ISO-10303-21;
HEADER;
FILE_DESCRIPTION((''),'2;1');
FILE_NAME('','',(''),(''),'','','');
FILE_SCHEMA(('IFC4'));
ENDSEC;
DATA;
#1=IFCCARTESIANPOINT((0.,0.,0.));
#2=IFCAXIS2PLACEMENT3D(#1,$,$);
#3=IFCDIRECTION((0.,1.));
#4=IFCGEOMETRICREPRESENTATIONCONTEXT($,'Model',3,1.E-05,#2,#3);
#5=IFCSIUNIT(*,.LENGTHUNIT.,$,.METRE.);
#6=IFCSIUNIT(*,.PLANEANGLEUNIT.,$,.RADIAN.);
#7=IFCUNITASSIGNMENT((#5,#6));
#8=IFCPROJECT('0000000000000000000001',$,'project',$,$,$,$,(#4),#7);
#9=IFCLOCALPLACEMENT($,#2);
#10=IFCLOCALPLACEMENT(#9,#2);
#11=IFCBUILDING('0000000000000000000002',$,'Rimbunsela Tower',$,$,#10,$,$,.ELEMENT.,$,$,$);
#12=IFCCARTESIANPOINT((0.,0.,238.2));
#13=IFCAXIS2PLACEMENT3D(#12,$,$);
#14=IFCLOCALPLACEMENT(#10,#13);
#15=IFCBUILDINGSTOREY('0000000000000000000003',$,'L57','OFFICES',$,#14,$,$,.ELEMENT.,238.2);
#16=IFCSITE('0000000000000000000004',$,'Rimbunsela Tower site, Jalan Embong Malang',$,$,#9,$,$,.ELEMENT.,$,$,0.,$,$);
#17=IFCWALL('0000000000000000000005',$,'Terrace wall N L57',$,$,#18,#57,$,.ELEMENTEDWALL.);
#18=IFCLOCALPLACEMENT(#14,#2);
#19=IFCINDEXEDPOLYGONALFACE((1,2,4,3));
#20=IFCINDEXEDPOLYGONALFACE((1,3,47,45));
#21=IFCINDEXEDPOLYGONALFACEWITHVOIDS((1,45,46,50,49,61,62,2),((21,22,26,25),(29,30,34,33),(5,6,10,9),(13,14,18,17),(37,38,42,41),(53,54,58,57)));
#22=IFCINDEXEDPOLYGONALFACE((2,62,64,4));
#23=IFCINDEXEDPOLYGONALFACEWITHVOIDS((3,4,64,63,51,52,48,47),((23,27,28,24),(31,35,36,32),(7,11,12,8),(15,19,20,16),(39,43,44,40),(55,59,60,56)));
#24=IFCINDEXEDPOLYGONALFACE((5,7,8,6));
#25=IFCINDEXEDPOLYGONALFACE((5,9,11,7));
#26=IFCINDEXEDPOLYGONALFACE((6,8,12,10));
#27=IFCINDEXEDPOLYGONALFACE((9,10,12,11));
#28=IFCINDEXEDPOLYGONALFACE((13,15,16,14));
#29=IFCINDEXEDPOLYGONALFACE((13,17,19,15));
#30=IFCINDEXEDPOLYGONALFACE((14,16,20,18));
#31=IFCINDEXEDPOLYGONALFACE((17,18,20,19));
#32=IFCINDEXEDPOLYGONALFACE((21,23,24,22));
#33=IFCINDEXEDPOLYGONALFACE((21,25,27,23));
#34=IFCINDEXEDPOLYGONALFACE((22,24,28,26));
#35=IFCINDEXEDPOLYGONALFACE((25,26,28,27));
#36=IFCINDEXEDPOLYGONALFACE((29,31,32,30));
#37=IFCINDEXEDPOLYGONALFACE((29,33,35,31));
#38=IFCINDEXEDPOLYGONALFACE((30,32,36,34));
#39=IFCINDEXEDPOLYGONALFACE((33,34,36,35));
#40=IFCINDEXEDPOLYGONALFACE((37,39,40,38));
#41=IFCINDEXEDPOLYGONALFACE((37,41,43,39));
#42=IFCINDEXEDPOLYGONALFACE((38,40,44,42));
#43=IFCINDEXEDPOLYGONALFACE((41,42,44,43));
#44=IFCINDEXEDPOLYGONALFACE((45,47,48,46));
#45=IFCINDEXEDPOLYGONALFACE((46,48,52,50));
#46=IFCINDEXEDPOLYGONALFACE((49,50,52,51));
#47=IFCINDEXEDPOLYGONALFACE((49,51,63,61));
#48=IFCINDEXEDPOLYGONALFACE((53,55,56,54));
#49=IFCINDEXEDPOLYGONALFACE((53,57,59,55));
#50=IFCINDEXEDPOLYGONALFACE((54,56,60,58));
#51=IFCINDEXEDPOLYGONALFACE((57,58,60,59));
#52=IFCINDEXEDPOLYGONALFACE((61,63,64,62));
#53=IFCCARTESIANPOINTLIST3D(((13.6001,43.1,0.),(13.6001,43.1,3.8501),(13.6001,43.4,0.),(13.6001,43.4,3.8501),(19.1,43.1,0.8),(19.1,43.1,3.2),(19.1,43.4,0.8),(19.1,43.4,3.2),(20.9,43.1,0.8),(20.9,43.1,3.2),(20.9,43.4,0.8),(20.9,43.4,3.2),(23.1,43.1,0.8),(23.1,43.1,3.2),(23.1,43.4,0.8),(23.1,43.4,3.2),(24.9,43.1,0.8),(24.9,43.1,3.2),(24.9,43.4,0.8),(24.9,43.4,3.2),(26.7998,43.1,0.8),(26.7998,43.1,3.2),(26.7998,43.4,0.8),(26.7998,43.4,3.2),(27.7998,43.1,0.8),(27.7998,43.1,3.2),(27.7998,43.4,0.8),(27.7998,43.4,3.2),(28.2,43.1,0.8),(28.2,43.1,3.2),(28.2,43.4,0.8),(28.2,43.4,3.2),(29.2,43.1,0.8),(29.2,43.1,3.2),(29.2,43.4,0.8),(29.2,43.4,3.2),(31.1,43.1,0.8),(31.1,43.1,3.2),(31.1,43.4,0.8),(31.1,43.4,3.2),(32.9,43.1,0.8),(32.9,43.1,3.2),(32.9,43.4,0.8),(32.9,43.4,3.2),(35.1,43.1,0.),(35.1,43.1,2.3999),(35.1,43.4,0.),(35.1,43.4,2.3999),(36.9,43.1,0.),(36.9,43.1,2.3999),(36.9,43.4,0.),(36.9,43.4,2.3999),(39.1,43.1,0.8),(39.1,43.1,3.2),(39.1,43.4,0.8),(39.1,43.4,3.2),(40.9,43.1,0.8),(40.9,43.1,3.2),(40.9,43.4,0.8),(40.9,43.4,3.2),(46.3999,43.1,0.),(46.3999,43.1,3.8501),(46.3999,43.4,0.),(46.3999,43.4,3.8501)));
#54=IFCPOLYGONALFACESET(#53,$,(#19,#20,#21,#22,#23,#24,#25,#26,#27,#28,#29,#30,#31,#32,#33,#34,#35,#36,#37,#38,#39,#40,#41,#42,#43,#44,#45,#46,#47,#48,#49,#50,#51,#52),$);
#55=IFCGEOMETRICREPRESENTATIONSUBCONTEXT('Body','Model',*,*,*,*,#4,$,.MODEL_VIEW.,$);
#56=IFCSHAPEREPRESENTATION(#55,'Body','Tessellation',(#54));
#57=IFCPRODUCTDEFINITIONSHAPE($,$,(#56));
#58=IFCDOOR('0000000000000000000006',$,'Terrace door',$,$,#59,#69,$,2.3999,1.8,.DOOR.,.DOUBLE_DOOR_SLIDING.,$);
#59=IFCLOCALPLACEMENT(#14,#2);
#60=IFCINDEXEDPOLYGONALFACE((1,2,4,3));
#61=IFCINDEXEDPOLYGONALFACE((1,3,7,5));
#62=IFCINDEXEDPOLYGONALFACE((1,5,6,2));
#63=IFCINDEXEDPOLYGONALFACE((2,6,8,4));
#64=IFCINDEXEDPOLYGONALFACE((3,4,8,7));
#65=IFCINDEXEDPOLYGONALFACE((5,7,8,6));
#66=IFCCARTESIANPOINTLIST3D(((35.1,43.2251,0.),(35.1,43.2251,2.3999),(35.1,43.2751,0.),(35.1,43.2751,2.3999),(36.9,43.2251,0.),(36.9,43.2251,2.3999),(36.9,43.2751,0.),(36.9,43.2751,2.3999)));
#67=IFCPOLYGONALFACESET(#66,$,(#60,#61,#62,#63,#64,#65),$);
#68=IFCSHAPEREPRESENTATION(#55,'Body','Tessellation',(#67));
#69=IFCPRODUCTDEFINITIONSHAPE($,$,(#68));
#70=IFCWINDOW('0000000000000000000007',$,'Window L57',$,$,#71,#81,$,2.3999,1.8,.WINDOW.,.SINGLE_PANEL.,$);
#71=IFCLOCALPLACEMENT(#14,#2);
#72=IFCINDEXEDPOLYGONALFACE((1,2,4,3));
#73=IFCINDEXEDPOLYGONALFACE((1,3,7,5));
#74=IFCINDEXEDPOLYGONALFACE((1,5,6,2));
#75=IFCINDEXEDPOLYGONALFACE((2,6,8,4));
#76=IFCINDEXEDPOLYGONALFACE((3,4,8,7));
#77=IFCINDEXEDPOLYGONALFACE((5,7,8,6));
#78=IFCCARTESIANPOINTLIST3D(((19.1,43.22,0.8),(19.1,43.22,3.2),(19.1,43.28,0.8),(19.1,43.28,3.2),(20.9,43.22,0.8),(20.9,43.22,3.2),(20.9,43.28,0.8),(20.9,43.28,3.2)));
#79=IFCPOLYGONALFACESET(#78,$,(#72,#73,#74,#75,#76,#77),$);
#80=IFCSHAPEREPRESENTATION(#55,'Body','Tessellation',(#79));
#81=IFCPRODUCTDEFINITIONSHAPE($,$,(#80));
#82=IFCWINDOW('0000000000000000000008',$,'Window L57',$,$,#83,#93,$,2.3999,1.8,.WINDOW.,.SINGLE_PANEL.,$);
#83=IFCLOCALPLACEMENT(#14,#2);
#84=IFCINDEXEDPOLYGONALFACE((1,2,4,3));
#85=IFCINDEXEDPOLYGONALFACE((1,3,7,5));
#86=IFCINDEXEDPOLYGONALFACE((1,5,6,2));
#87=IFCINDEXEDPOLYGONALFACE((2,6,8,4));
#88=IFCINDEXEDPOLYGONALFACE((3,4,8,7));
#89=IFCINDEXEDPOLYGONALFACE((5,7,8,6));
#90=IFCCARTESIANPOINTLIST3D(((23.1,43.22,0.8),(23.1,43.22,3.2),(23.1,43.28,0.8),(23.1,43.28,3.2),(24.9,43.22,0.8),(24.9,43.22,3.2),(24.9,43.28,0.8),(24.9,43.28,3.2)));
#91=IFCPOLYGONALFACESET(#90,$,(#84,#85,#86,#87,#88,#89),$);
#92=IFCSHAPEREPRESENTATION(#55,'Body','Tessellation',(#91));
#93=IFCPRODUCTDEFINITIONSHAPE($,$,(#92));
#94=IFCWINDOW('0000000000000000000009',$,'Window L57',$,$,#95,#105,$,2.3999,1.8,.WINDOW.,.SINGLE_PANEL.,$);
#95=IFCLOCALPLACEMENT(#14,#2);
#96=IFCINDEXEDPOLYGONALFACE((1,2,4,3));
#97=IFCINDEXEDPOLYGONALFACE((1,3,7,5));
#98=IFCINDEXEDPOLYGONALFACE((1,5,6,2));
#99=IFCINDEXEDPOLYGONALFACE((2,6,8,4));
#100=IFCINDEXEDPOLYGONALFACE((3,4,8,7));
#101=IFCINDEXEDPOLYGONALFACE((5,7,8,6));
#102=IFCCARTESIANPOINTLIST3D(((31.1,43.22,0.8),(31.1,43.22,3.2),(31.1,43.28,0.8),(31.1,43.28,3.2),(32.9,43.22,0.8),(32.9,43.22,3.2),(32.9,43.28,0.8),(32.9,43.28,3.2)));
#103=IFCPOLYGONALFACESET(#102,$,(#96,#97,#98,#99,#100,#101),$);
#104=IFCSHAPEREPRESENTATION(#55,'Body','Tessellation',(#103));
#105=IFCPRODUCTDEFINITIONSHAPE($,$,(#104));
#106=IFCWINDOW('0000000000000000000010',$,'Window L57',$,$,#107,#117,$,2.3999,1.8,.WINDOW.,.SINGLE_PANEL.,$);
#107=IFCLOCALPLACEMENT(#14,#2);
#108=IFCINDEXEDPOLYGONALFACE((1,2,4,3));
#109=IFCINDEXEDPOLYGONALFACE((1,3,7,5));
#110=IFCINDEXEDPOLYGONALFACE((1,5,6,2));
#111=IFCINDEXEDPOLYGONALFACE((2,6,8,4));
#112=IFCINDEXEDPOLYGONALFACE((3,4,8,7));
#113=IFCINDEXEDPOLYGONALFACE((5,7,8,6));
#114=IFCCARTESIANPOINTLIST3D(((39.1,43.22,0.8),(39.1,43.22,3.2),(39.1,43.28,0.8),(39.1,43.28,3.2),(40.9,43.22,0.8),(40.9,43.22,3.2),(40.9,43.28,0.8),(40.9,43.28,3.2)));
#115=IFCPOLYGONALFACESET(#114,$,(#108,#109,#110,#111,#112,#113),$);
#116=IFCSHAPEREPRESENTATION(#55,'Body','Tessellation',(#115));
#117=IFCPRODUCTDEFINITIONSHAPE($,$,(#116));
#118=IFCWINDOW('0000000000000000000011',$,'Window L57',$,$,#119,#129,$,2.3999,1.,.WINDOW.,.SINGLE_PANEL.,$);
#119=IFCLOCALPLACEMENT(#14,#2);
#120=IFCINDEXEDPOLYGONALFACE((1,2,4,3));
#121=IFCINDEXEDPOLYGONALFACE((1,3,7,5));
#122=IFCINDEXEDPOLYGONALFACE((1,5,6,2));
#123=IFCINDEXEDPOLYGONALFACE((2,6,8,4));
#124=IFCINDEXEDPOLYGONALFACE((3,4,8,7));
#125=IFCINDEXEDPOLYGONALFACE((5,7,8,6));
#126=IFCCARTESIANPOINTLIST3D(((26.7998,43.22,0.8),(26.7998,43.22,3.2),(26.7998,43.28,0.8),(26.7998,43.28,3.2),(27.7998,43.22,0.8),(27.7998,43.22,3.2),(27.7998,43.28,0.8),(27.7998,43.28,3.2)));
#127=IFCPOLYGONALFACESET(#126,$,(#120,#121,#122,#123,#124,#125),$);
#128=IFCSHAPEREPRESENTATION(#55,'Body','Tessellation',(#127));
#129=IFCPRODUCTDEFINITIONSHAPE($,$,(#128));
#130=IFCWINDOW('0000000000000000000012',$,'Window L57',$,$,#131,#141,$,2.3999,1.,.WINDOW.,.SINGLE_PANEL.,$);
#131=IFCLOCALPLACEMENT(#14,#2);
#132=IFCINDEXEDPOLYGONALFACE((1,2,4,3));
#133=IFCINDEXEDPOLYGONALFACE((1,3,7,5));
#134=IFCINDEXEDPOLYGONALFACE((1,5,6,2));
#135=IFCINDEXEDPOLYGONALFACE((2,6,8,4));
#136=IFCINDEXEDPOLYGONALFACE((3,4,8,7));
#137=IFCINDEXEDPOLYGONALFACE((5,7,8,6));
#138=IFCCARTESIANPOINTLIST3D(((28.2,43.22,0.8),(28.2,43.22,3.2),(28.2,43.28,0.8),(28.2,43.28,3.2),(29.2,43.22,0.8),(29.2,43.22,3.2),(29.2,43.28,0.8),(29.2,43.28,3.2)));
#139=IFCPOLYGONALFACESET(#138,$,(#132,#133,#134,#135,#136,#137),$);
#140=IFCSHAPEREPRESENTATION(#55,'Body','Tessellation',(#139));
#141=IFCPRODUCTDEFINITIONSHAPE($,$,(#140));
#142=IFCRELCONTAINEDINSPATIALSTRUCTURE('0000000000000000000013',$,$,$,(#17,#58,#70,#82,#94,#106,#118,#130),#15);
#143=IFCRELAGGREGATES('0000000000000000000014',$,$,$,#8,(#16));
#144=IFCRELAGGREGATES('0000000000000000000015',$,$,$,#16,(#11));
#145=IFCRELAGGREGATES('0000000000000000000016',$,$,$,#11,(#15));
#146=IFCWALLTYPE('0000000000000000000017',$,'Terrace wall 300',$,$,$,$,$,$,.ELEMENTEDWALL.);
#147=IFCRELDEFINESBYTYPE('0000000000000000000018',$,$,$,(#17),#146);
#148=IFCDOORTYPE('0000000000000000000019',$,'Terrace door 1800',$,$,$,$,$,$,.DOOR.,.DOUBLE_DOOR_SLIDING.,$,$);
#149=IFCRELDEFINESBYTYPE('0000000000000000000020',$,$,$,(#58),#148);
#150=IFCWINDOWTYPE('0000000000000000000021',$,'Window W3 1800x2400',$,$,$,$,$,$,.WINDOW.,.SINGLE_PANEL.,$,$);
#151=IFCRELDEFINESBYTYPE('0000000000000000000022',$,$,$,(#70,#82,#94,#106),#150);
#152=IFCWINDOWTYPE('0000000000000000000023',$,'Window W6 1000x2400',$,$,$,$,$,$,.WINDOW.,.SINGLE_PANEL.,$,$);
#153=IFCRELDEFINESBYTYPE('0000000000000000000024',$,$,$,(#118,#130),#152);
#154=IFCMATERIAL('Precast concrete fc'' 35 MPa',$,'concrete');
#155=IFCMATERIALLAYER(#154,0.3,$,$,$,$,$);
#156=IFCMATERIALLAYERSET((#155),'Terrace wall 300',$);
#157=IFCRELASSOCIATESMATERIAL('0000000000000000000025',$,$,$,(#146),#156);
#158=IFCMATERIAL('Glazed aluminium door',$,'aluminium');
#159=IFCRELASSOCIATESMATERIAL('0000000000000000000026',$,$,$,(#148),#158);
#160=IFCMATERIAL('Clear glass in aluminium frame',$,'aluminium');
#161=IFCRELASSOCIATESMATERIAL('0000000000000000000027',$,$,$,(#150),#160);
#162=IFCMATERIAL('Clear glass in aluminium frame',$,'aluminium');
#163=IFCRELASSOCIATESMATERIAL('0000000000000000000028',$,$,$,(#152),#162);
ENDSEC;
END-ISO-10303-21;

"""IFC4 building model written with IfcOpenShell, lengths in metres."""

from ifc_helpers import new_model, si_unit, direction, frame, frame_2d, origin, place, context, subcontext, project, spatial, rectangle, extrude, material, layer, layer_set, type_object, element, fill, save


model = new_model("IFC4")

# Units and contexts
model_context = context("Model", 3, precision=1e-05, world=origin(), true_north=direction((0.0, 1.0)))
body_context = subcontext(model_context, "Body", "Model", "MODEL_VIEW")
ifc_project = project(units=[si_unit("LENGTHUNIT", "METRE"), si_unit("PLANEANGLEUNIT", "RADIAN")], contexts=[model_context])

# Site, building, storey
site_placement = place(None, origin())
site = spatial("IfcSite", under=ifc_project, at=site_placement, Name="Rimbunsela Tower site, Jalan Embong Malang", CompositionType="ELEMENT", RefElevation=0.0)
building_placement = place(site_placement, origin())
building = spatial("IfcBuilding", under=site, at=building_placement, Name="Rimbunsela Tower", CompositionType="ELEMENT")
storey_placement = place(building_placement, frame((0.0, 0.0, 238.2)))
storey = spatial("IfcBuildingStorey", under=building, at=storey_placement, Name="L57", Description="OFFICES", CompositionType="ELEMENT", Elevation=238.2)

# Wall, openings, door, windows
ifc_material_1 = material(Name="Precast concrete fc' 35 MPa", Category="concrete")
ifc_layer_1 = layer(ifc_material_1, 0.3)
ifc_layer_set_1 = layer_set([ifc_layer_1], Name="Terrace wall 300")
wall_type = type_object("IfcWallType", Name="Terrace wall 300", PredefinedType="ELEMENTEDWALL", material=ifc_layer_set_1)
wall_placement = place(storey_placement, frame((46.3999, 43.25, 0.0), z_axis=(0.0, 0.0, 1.0), x_axis=(-1.0, 0.0, 0.0)))
wall = element("IfcWall", 1, at=wall_placement, inside=storey, type_object=wall_type, Name="Terrace wall N L57", PredefinedType="ELEMENTEDWALL", context=body_context, shape_type="SweptSolid", body=[
    extrude(rectangle(XDim=32.7998, YDim=0.3, at=frame_2d((16.3999, 0.0))), origin(), (0.0, 0.0, 1.0), 3.8501),
])
opening_1_placement = place(wall_placement, frame((25.5, 0.0, 0.8)))
opening_1 = element("IfcOpeningElement", 2, at=opening_1_placement, cuts=wall, PredefinedType="OPENING", context=body_context, shape_type="SweptSolid", body=[
    extrude(rectangle(XDim=1.8, YDim=2.3999, at=frame_2d((0.8999, 1.2))), frame((0.0, 0.1599, 0.0), z_axis=(0.0, -1.0, 0.0), x_axis=(1.0, 0.0, 0.0)), (0.0, 0.0, 1.0), 0.3201),
])
opening_2_placement = place(wall_placement, frame((21.5, 0.0, 0.8)))
opening_2 = element("IfcOpeningElement", 3, at=opening_2_placement, cuts=wall, PredefinedType="OPENING", context=body_context, shape_type="SweptSolid", body=[
    extrude(rectangle(XDim=1.8, YDim=2.3999, at=frame_2d((0.8999, 1.2))), frame((0.0, 0.1599, 0.0), z_axis=(0.0, -1.0, 0.0), x_axis=(1.0, 0.0, 0.0)), (0.0, 0.0, 1.0), 0.3201),
])
opening_3_placement = place(wall_placement, frame((18.6001, 0.0, 0.8)))
opening_3 = element("IfcOpeningElement", 4, at=opening_3_placement, cuts=wall, PredefinedType="OPENING", context=body_context, shape_type="SweptSolid", body=[
    extrude(rectangle(XDim=1.0, YDim=2.3999, at=frame_2d((0.5, 1.2))), frame((0.0, 0.1599, 0.0), z_axis=(0.0, -1.0, 0.0), x_axis=(1.0, 0.0, 0.0)), (0.0, 0.0, 1.0), 0.3201),
])
opening_4_placement = place(wall_placement, frame((17.2, 0.0, 0.8)))
opening_4 = element("IfcOpeningElement", 5, at=opening_4_placement, cuts=wall, PredefinedType="OPENING", context=body_context, shape_type="SweptSolid", body=[
    extrude(rectangle(XDim=1.0, YDim=2.3999, at=frame_2d((0.5, 1.2))), frame((0.0, 0.1599, 0.0), z_axis=(0.0, -1.0, 0.0), x_axis=(1.0, 0.0, 0.0)), (0.0, 0.0, 1.0), 0.3201),
])
opening_5_placement = place(wall_placement, frame((13.5, 0.0, 0.8)))
opening_5 = element("IfcOpeningElement", 6, at=opening_5_placement, cuts=wall, PredefinedType="OPENING", context=body_context, shape_type="SweptSolid", body=[
    extrude(rectangle(XDim=1.8, YDim=2.3999, at=frame_2d((0.8999, 1.2))), frame((0.0, 0.1599, 0.0), z_axis=(0.0, -1.0, 0.0), x_axis=(1.0, 0.0, 0.0)), (0.0, 0.0, 1.0), 0.3201),
])
opening_6_placement = place(wall_placement, frame((9.5, 0.0, 0.0)))
opening_6 = element("IfcOpeningElement", 7, at=opening_6_placement, cuts=wall, PredefinedType="OPENING", context=body_context, shape_type="SweptSolid", body=[
    extrude(rectangle(XDim=1.8, YDim=2.3999, at=frame_2d((0.8999, 1.2))), frame((0.0, 0.1599, 0.0), z_axis=(0.0, -1.0, 0.0), x_axis=(1.0, 0.0, 0.0)), (0.0, 0.0, 1.0), 0.3201),
])
opening_7_placement = place(wall_placement, frame((5.5, 0.0, 0.8)))
opening_7 = element("IfcOpeningElement", 8, at=opening_7_placement, cuts=wall, PredefinedType="OPENING", context=body_context, shape_type="SweptSolid", body=[
    extrude(rectangle(XDim=1.8, YDim=2.3999, at=frame_2d((0.8999, 1.2))), frame((0.0, 0.1599, 0.0), z_axis=(0.0, -1.0, 0.0), x_axis=(1.0, 0.0, 0.0)), (0.0, 0.0, 1.0), 0.3201),
])
ifc_material_2 = material(Name="Glazed aluminium door", Category="aluminium")
door_type = type_object("IfcDoorType", Name="Terrace door 1800", OperationType="DOUBLE_DOOR_SLIDING", PredefinedType="DOOR", material=ifc_material_2)
door_placement = place(opening_6_placement, origin())
door = element("IfcDoor", 9, at=door_placement, inside=storey, type_object=door_type, Name="Terrace door", OperationType="DOUBLE_DOOR_SLIDING", OverallHeight=2.3999, OverallWidth=1.8, PredefinedType="DOOR", context=body_context, shape_type="SweptSolid", body=[
    extrude(rectangle(XDim=1.8, YDim=2.3999, at=frame_2d((0.8999, 1.2))), frame((0.0, 0.0249, 0.0), z_axis=(0.0, -1.0, 0.0), x_axis=(1.0, 0.0, 0.0)), (0.0, 0.0, 1.0), 0.05),
])
fill(opening_6, door)
ifc_material_3 = material(Name="Clear glass in aluminium frame", Category="aluminium")
window_type_1 = type_object("IfcWindowType", Name="Window W3 1800x2400", PartitioningType="SINGLE_PANEL", PredefinedType="WINDOW", material=ifc_material_3)
window_1_placement = place(opening_1_placement, origin())
window_1 = element("IfcWindow", 10, at=window_1_placement, inside=storey, type_object=window_type_1, Name="Window L57", OverallHeight=2.3999, OverallWidth=1.8, PartitioningType="SINGLE_PANEL", PredefinedType="WINDOW", context=body_context, shape_type="SweptSolid", body=[
    extrude(rectangle(XDim=1.8, YDim=2.3999, at=frame_2d((0.8999, 1.2))), frame((0.0, 0.03, 0.0), z_axis=(0.0, -1.0, 0.0), x_axis=(1.0, 0.0, 0.0)), (0.0, 0.0, 1.0), 0.0601),
])
fill(opening_1, window_1)
window_2_placement = place(opening_2_placement, origin())
window_2 = element("IfcWindow", 11, at=window_2_placement, inside=storey, type_object=window_type_1, Name="Window L57", OverallHeight=2.3999, OverallWidth=1.8, PartitioningType="SINGLE_PANEL", PredefinedType="WINDOW", context=body_context, shape_type="SweptSolid", body=[
    extrude(rectangle(XDim=1.8, YDim=2.3999, at=frame_2d((0.8999, 1.2))), frame((0.0, 0.03, 0.0), z_axis=(0.0, -1.0, 0.0), x_axis=(1.0, 0.0, 0.0)), (0.0, 0.0, 1.0), 0.0601),
])
fill(opening_2, window_2)
window_3_placement = place(opening_5_placement, origin())
window_3 = element("IfcWindow", 12, at=window_3_placement, inside=storey, type_object=window_type_1, Name="Window L57", OverallHeight=2.3999, OverallWidth=1.8, PartitioningType="SINGLE_PANEL", PredefinedType="WINDOW", context=body_context, shape_type="SweptSolid", body=[
    extrude(rectangle(XDim=1.8, YDim=2.3999, at=frame_2d((0.8999, 1.2))), frame((0.0, 0.03, 0.0), z_axis=(0.0, -1.0, 0.0), x_axis=(1.0, 0.0, 0.0)), (0.0, 0.0, 1.0), 0.0601),
])
fill(opening_5, window_3)
window_4_placement = place(opening_7_placement, origin())
window_4 = element("IfcWindow", 13, at=window_4_placement, inside=storey, type_object=window_type_1, Name="Window L57", OverallHeight=2.3999, OverallWidth=1.8, PartitioningType="SINGLE_PANEL", PredefinedType="WINDOW", context=body_context, shape_type="SweptSolid", body=[
    extrude(rectangle(XDim=1.8, YDim=2.3999, at=frame_2d((0.8999, 1.2))), frame((0.0, 0.03, 0.0), z_axis=(0.0, -1.0, 0.0), x_axis=(1.0, 0.0, 0.0)), (0.0, 0.0, 1.0), 0.0601),
])
fill(opening_7, window_4)
ifc_material_4 = material(Name="Clear glass in aluminium frame", Category="aluminium")
window_type_2 = type_object("IfcWindowType", Name="Window W6 1000x2400", PartitioningType="SINGLE_PANEL", PredefinedType="WINDOW", material=ifc_material_4)
window_5_placement = place(opening_3_placement, origin())
window_5 = element("IfcWindow", 14, at=window_5_placement, inside=storey, type_object=window_type_2, Name="Window L57", OverallHeight=2.3999, OverallWidth=1.0, PartitioningType="SINGLE_PANEL", PredefinedType="WINDOW", context=body_context, shape_type="SweptSolid", body=[
    extrude(rectangle(XDim=1.0, YDim=2.3999, at=frame_2d((0.5, 1.2))), frame((0.0, 0.03, 0.0), z_axis=(0.0, -1.0, 0.0), x_axis=(1.0, 0.0, 0.0)), (0.0, 0.0, 1.0), 0.0601),
])
fill(opening_3, window_5)
window_6_placement = place(opening_4_placement, origin())
window_6 = element("IfcWindow", 15, at=window_6_placement, inside=storey, type_object=window_type_2, Name="Window L57", OverallHeight=2.3999, OverallWidth=1.0, PartitioningType="SINGLE_PANEL", PredefinedType="WINDOW", context=body_context, shape_type="SweptSolid", body=[
    extrude(rectangle(XDim=1.0, YDim=2.3999, at=frame_2d((0.5, 1.2))), frame((0.0, 0.03, 0.0), z_axis=(0.0, -1.0, 0.0), x_axis=(1.0, 0.0, 0.0)), (0.0, 0.0, 1.0), 0.0601),
])
fill(opening_4, window_6)

save(model, "model.ifc")
